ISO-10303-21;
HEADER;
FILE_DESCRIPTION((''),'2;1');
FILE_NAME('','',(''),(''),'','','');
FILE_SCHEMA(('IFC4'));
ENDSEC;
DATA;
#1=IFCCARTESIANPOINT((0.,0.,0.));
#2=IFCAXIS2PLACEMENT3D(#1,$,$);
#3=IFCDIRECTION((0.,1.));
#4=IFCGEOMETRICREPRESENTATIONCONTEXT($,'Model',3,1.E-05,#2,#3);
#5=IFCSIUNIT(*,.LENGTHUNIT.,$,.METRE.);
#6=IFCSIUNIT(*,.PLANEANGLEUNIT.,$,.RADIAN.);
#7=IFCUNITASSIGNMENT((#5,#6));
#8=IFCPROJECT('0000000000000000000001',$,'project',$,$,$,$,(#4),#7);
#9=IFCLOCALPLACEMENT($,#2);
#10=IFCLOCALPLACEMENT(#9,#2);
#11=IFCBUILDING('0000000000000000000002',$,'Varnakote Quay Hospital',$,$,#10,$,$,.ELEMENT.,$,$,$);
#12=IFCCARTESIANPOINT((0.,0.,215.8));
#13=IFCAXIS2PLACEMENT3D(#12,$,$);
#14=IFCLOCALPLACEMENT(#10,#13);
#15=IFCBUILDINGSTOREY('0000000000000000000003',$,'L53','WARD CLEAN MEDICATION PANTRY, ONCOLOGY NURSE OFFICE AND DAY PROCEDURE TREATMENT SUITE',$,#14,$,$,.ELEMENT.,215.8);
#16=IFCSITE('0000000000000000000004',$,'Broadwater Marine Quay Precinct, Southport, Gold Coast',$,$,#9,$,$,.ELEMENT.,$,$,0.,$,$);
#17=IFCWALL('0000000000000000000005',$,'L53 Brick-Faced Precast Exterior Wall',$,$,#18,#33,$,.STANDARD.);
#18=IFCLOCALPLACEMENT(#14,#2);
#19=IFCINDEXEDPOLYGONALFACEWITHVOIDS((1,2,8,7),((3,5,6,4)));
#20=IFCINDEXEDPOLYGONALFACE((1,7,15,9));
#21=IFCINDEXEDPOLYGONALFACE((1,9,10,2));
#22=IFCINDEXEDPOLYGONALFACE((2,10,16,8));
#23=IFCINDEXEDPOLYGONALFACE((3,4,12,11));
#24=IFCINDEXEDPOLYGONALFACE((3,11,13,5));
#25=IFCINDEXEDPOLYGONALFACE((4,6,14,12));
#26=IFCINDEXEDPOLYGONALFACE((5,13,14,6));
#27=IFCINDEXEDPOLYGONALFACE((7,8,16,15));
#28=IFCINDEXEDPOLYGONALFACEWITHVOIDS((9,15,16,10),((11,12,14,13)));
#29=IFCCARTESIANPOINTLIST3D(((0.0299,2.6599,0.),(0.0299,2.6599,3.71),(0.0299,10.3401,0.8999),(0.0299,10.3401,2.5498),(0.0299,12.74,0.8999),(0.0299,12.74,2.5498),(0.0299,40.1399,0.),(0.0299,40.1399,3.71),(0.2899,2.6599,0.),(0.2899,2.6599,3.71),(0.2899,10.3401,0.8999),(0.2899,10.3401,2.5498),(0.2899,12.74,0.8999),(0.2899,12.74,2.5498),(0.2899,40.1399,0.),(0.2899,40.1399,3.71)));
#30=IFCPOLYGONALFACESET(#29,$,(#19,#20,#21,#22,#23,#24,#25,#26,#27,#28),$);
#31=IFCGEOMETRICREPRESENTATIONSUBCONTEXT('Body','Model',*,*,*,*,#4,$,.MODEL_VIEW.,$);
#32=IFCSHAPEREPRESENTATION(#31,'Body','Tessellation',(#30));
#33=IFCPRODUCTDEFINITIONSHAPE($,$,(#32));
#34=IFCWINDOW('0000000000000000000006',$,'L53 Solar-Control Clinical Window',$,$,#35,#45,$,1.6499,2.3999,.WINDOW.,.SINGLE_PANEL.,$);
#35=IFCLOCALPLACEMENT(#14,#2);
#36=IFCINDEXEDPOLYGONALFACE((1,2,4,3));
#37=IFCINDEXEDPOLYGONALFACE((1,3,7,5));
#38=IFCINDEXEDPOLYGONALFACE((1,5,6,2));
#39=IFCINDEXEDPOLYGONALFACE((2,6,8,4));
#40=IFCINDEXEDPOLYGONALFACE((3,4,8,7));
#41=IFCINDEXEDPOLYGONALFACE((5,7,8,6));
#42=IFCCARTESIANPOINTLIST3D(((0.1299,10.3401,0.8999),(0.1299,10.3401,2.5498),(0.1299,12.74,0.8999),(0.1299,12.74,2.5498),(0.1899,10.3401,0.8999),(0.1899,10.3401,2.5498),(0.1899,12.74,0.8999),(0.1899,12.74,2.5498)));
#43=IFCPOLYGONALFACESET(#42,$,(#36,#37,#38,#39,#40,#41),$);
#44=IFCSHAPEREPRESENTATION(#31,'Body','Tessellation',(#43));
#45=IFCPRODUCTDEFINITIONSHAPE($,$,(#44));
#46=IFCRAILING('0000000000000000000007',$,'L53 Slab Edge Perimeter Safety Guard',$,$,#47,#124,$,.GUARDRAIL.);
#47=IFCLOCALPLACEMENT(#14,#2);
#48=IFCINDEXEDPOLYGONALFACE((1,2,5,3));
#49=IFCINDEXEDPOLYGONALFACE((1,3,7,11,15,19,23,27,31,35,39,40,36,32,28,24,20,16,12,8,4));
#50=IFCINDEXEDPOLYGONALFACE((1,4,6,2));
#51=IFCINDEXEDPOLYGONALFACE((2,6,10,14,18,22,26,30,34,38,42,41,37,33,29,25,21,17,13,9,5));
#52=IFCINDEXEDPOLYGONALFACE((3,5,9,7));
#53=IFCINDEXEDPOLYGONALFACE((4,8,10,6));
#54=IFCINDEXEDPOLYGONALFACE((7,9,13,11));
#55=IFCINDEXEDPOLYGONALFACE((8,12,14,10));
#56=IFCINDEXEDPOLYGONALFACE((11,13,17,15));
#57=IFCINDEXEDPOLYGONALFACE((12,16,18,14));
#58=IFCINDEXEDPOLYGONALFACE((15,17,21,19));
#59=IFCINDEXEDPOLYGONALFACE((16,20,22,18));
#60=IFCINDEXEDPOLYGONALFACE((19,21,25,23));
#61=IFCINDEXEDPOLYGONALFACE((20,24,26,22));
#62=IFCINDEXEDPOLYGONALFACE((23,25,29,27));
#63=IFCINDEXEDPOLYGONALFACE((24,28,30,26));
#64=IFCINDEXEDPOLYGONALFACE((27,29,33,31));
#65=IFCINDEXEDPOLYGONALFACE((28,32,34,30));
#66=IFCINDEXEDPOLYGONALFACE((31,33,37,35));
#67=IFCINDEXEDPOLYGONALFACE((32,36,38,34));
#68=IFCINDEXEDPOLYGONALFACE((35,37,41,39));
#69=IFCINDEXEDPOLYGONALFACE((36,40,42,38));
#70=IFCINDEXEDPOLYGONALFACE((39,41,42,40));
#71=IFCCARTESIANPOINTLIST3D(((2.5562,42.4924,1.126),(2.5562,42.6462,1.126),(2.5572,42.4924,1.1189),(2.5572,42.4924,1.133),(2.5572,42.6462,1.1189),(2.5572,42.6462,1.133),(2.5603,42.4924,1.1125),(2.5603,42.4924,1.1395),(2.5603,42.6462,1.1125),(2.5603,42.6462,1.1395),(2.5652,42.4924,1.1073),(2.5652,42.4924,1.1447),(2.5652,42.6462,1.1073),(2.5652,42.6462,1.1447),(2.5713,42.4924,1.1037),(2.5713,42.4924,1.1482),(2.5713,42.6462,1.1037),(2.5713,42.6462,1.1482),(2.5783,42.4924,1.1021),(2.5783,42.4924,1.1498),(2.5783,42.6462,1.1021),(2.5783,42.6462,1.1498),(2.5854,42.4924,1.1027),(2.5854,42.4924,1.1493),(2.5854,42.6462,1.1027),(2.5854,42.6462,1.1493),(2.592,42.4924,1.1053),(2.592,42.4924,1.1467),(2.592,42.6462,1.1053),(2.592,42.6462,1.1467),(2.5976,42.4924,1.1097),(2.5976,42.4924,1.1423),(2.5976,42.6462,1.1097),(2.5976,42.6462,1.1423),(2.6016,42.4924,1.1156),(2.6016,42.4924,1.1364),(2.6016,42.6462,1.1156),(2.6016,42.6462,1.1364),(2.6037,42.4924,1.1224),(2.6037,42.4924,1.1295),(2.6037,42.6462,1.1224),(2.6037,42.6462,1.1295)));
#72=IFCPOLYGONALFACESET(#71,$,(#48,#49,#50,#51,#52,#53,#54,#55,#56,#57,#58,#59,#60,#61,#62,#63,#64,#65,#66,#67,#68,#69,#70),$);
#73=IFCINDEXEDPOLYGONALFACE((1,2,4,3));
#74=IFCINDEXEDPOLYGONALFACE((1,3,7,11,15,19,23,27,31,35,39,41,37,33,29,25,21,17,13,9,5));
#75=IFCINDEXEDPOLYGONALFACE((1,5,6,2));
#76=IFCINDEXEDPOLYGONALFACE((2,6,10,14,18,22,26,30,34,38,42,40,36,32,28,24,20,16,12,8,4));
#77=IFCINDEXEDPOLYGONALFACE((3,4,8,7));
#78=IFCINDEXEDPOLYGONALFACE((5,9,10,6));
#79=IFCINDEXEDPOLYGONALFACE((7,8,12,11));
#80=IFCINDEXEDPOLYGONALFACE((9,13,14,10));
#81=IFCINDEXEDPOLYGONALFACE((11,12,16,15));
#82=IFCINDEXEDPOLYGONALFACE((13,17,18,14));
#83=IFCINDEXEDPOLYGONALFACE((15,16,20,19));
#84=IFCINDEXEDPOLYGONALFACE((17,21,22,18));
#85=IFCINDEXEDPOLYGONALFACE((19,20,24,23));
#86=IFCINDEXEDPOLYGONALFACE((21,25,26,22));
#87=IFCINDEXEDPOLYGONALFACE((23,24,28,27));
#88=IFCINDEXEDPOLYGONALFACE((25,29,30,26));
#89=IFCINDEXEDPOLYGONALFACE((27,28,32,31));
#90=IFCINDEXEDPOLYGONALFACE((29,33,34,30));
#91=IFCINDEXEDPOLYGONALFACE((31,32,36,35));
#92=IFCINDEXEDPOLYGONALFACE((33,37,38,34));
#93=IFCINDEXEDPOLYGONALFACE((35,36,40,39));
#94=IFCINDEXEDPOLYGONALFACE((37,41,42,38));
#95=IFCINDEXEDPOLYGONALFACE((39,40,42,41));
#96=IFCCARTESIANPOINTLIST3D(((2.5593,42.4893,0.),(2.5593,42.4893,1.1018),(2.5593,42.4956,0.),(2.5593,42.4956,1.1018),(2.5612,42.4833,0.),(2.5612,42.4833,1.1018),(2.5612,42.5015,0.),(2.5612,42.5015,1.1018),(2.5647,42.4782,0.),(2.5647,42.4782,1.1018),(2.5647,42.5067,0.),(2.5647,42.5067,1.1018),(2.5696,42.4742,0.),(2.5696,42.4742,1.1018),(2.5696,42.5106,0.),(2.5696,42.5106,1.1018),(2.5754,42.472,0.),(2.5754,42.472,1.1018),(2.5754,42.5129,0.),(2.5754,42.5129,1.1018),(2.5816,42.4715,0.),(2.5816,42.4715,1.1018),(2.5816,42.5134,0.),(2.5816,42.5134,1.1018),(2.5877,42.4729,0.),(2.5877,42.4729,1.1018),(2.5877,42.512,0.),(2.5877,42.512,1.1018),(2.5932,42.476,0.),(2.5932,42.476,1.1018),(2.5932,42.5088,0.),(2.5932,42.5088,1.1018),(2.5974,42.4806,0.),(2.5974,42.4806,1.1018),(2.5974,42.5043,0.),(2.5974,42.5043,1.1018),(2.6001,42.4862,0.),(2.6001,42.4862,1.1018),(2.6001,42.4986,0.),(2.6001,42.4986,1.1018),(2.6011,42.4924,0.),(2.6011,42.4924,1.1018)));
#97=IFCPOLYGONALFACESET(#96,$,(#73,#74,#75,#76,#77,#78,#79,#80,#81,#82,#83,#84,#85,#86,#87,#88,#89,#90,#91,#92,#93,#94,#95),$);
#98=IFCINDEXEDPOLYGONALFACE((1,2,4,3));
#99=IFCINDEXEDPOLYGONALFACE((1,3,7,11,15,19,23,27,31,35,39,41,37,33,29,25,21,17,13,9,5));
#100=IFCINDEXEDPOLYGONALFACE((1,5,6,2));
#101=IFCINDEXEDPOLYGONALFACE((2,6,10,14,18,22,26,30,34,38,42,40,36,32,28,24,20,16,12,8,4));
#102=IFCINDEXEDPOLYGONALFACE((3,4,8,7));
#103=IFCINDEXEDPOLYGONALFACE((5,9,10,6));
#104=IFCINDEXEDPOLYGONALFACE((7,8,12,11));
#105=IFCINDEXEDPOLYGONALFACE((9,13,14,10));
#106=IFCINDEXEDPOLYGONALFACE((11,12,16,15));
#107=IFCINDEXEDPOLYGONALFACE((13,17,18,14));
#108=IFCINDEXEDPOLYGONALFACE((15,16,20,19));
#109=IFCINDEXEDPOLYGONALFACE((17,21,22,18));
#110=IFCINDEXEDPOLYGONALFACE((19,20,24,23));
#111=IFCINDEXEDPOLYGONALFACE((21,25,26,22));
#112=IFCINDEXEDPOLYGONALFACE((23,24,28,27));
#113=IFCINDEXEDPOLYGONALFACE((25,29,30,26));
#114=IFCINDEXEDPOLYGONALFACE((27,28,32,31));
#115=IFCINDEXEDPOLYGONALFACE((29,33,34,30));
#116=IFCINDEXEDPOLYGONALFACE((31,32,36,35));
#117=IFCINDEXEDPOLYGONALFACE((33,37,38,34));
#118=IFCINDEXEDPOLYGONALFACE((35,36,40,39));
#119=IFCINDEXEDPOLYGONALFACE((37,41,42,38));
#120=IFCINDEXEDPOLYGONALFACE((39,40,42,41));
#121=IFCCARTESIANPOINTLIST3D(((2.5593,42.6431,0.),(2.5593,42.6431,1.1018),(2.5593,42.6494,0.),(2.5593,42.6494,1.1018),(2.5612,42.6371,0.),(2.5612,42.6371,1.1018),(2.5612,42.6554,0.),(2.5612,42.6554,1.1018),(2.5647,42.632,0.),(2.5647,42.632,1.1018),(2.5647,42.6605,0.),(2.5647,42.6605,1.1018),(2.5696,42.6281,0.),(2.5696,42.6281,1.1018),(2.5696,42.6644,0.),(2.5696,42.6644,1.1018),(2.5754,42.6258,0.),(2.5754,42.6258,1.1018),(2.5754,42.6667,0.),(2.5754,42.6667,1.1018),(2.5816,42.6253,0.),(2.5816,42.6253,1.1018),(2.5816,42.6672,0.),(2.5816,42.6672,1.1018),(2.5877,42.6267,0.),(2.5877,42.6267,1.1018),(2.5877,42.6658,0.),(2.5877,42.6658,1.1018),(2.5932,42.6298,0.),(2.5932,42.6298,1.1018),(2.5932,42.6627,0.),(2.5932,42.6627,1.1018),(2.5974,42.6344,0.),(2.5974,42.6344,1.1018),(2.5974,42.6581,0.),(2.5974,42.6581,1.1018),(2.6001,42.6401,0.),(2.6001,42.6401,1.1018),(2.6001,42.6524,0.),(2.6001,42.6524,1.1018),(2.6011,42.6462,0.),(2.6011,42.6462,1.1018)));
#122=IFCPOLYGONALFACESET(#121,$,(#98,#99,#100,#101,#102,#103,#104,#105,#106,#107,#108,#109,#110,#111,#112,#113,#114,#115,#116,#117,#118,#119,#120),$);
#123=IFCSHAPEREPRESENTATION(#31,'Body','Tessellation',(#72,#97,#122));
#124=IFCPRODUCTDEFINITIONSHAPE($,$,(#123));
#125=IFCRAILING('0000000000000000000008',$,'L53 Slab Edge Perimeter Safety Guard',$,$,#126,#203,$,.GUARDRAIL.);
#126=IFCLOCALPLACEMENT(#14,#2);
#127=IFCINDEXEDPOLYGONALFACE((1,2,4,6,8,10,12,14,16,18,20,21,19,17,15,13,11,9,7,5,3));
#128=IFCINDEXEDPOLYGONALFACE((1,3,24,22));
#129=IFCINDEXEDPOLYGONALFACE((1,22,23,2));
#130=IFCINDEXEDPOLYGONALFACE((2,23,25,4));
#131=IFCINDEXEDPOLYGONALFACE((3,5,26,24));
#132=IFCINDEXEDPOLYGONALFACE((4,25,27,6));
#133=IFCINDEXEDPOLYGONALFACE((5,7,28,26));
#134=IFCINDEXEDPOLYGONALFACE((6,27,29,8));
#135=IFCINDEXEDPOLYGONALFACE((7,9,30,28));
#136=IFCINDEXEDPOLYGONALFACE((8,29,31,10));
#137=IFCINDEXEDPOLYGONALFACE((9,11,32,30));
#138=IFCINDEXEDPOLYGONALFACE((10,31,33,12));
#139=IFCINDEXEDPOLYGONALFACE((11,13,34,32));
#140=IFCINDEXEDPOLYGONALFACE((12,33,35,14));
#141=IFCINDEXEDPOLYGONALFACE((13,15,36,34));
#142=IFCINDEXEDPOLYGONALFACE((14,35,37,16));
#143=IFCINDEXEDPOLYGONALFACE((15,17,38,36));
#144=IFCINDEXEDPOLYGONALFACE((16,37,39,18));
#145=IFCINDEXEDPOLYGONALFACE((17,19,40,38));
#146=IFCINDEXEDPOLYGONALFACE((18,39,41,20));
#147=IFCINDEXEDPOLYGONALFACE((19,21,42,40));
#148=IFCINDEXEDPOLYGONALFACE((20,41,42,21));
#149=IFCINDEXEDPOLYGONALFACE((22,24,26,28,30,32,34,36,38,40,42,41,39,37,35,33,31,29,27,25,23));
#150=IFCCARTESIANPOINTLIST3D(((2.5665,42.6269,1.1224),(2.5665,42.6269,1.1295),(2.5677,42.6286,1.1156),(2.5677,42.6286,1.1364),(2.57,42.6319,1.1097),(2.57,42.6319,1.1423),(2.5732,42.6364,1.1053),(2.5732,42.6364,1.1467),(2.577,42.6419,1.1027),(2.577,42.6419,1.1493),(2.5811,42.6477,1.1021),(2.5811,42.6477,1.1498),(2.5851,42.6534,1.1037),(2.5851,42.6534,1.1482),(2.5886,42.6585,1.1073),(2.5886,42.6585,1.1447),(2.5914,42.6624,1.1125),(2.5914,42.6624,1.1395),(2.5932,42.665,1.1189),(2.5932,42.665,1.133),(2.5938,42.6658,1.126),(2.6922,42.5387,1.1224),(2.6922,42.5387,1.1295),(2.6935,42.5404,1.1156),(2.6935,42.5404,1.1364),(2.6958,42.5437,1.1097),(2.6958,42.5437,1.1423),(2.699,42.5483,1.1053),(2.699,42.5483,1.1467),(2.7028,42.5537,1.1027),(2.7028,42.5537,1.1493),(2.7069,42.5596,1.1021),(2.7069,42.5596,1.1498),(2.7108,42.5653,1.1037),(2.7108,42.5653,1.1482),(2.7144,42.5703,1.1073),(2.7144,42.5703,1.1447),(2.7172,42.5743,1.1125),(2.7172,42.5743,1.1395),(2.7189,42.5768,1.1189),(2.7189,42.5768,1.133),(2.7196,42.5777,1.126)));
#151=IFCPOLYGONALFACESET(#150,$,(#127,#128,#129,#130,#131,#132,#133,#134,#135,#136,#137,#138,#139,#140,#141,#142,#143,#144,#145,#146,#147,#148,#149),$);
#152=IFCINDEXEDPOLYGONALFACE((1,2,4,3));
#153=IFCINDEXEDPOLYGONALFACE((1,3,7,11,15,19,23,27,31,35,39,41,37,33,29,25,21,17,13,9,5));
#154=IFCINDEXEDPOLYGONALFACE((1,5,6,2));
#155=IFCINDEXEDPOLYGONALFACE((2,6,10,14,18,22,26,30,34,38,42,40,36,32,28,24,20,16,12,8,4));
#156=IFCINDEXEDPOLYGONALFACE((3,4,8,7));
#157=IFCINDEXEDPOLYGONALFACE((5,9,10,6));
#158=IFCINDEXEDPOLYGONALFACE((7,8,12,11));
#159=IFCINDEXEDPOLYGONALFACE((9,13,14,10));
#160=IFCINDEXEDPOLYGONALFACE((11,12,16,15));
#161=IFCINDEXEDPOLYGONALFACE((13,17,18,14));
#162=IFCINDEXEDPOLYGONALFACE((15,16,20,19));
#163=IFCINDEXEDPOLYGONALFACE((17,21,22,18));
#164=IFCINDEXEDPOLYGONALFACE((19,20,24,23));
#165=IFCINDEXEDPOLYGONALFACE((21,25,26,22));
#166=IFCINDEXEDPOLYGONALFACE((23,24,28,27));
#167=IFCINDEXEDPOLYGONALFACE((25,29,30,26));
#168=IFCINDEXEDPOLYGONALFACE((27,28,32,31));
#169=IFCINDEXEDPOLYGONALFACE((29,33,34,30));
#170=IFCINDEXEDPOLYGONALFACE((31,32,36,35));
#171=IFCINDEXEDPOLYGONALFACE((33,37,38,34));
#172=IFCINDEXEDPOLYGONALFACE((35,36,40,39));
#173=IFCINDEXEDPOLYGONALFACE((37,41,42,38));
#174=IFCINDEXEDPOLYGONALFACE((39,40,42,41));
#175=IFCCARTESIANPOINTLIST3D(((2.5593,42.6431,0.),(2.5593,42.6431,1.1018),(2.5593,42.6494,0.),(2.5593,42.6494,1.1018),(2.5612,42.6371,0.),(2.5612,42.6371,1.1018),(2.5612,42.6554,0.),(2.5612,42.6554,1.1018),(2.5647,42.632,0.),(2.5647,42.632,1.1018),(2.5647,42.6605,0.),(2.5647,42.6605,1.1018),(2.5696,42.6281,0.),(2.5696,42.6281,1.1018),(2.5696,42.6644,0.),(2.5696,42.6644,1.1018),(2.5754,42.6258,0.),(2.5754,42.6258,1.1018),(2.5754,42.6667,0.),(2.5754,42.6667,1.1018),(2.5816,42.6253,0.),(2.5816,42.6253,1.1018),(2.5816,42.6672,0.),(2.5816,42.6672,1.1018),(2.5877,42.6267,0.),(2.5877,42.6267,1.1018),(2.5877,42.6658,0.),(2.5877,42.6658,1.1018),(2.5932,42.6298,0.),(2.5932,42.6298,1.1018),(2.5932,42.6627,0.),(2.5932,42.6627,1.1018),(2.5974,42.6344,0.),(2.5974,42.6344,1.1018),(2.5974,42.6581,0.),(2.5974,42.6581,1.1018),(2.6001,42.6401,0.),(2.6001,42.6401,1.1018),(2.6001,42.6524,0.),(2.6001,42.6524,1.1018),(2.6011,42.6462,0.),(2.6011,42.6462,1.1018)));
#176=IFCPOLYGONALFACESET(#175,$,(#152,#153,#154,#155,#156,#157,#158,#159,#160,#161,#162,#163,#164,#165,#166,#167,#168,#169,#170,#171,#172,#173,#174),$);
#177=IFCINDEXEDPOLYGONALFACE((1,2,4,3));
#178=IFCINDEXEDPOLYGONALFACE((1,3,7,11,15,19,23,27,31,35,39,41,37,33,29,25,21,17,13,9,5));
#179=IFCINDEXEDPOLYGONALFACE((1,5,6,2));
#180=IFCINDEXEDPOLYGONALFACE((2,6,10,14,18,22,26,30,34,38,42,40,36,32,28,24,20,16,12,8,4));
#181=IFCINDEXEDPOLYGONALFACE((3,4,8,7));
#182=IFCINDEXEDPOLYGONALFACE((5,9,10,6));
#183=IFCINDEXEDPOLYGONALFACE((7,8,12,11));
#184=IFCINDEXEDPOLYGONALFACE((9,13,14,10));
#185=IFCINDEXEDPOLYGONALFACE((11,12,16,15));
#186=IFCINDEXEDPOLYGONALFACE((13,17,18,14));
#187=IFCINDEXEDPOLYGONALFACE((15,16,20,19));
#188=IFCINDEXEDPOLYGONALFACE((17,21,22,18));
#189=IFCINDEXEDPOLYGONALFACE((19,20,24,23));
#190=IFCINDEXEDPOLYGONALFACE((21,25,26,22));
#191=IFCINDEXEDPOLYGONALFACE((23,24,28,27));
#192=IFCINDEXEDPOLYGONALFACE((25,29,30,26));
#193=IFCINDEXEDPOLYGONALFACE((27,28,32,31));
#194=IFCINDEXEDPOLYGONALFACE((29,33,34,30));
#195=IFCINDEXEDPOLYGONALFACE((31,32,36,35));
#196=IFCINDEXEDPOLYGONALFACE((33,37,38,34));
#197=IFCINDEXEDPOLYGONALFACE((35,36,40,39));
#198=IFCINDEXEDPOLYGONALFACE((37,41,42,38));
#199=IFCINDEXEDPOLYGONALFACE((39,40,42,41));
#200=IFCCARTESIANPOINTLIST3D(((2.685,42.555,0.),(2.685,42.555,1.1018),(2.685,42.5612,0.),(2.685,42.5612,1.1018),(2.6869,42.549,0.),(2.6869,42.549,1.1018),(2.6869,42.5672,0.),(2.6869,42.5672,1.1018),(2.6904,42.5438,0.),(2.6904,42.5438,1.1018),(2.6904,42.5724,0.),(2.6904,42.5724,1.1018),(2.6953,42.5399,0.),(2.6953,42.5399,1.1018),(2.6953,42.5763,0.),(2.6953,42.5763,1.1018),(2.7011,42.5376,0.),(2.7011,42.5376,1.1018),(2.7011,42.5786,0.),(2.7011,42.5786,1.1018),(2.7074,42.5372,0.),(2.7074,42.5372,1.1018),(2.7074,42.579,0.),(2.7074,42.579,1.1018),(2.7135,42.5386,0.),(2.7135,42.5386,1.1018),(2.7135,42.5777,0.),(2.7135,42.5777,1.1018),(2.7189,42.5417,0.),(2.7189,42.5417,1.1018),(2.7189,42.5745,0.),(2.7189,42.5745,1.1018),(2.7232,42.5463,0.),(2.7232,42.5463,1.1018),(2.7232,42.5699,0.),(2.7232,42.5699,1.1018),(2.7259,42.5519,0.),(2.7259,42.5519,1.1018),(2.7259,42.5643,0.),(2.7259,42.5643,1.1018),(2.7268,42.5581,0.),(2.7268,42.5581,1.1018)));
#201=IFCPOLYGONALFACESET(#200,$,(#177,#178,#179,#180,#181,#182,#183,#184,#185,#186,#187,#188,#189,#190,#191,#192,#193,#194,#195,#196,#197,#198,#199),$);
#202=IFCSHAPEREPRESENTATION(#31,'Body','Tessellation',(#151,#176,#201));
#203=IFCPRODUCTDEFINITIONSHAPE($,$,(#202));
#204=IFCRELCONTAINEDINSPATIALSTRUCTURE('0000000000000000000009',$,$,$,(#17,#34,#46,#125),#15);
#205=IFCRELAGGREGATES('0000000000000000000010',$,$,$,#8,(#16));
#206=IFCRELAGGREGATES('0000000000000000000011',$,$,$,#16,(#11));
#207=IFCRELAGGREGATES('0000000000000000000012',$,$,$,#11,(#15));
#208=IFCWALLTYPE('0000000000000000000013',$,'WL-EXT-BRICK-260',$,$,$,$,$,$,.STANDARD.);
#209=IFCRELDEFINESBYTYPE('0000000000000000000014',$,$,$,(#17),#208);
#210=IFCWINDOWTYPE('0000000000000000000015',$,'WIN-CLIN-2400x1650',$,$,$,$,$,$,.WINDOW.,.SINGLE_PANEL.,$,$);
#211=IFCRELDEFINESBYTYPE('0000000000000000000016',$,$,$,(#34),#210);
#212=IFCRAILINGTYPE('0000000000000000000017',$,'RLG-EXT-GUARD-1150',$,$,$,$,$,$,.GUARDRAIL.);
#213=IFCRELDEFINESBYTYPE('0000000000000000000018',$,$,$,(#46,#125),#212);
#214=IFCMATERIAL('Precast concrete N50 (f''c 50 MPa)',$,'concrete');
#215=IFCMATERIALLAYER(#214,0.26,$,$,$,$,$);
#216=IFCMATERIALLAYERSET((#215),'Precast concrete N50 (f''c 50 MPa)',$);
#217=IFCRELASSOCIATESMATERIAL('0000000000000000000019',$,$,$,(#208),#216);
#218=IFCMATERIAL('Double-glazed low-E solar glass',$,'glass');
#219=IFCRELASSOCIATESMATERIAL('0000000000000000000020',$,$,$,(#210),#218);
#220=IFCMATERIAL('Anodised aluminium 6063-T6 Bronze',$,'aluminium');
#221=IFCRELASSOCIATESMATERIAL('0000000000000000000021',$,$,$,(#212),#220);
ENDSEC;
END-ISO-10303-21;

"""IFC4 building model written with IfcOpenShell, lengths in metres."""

from ifc_helpers import new_model, si_unit, direction, frame, frame_2d, origin, origin_2d, place, context, subcontext, project, spatial, rectangle, circle, extrude, material, layer, layer_set, type_object, element, fill, save


model = new_model("IFC4")

# Units and contexts
model_context = context("Model", 3, precision=1e-05, world=origin(), true_north=direction((0.0, 1.0)))
body_context = subcontext(model_context, "Body", "Model", "MODEL_VIEW")
ifc_project = project(units=[si_unit("LENGTHUNIT", "METRE"), si_unit("PLANEANGLEUNIT", "RADIAN")], contexts=[model_context])

# Site, building, storey
site_placement = place(None, origin())
site = spatial("IfcSite", under=ifc_project, at=site_placement, Name="Broadwater Marine Quay Precinct, Southport, Gold Coast", CompositionType="ELEMENT", RefElevation=0.0)
building_placement = place(site_placement, origin())
building = spatial("IfcBuilding", under=site, at=building_placement, Name="Varnakote Quay Hospital", CompositionType="ELEMENT")
storey_placement = place(building_placement, frame((0.0, 0.0, 215.8)))
storey = spatial("IfcBuildingStorey", under=building, at=storey_placement, Name="L53", Description="WARD CLEAN MEDICATION PANTRY, ONCOLOGY NURSE OFFICE AND DAY PROCEDURE TREATMENT SUITE", CompositionType="ELEMENT", Elevation=215.8)

# Shared definitions
ifc_material_1 = material(Name="Precast concrete N50 (f'c 50 MPa)", Category="concrete")
ifc_layer = layer(ifc_material_1, 0.26)
ifc_layer_set = layer_set([ifc_layer], Name="Precast concrete N50 (f'c 50 MPa)")
wall_type = type_object("IfcWallType", Name="WL-EXT-BRICK-260", PredefinedType="STANDARD", material=ifc_layer_set)

# Wall, opening, window
wall_1_placement = place(storey_placement, frame((0.1599, 40.1399, 0.0), z_axis=(0.0, 0.0, 1.0), x_axis=(0.0, -1.0, 0.0)))
wall_1 = element("IfcWall", 1, at=wall_1_placement, inside=storey, type_object=wall_type, Name="L53 Brick-Faced Precast Exterior Wall", PredefinedType="STANDARD", context=body_context, shape_type="SweptSolid", body=[
    extrude(rectangle(XDim=37.48, YDim=0.26, at=frame_2d((18.74, 0.0))), origin(), (0.0, 0.0, 1.0), 3.71),
])
opening_placement = place(wall_1_placement, frame((27.3999, 0.0, 0.8999)))
opening = element("IfcOpeningElement", 2, at=opening_placement, cuts=wall_1, PredefinedType="OPENING", context=body_context, shape_type="SweptSolid", body=[
    extrude(rectangle(XDim=2.3999, YDim=1.6499, at=frame_2d((1.2, 0.825))), frame((0.0, 0.1399, 0.0), z_axis=(0.0, -1.0, 0.0), x_axis=(1.0, 0.0, 0.0)), (0.0, 0.0, 1.0), 0.28),
])
ifc_material_2 = material(Name="Double-glazed low-E solar glass", Category="glass")
window_type = type_object("IfcWindowType", Name="WIN-CLIN-2400x1650", PartitioningType="SINGLE_PANEL", PredefinedType="WINDOW", material=ifc_material_2)
window_placement = place(opening_placement, origin())
window = element("IfcWindow", 3, at=window_placement, inside=storey, type_object=window_type, Name="L53 Solar-Control Clinical Window", OverallHeight=1.6499, OverallWidth=2.3999, PartitioningType="SINGLE_PANEL", PredefinedType="WINDOW", context=body_context, shape_type="SweptSolid", body=[
    extrude(rectangle(XDim=2.3999, YDim=1.6499, at=frame_2d((1.2, 0.825))), frame((0.0, 0.03, 0.0), z_axis=(0.0, -1.0, 0.0), x_axis=(1.0, 0.0, 0.0)), (0.0, 0.0, 1.0), 0.0601),
])
fill(opening, window)

# Railings
ifc_material_3 = material(Name="Anodised aluminium 6063-T6 Bronze", Category="aluminium")
railing_type = type_object("IfcRailingType", Name="RLG-EXT-GUARD-1150", PredefinedType="GUARDRAIL", material=ifc_material_3)
railing_1_placement = place(storey_placement, frame((2.5801, 42.4924, 0.0)))
element("IfcRailing", 4, at=railing_1_placement, inside=storey, type_object=railing_type, Name="L53 Slab Edge Perimeter Safety Guard", PredefinedType="GUARDRAIL", context=body_context, shape_type="SweptSolid", body=[
    extrude(circle(Radius=0.0239, at=origin_2d()), frame((0.0, 0.0, 1.126), z_axis=(0.0, 1.0, 0.0), x_axis=(-1.0, 0.0, 0.0)), (0.0, 0.0, 1.0), 0.1538),
    extrude(circle(Radius=0.021, at=origin_2d()), origin(), (0.0, 0.0, 1.0), 1.1018),
    extrude(circle(Radius=0.021, at=origin_2d()), frame((0.0, 0.1538, 0.0)), (0.0, 0.0, 1.0), 1.1018),
])
railing_2_placement = place(storey_placement, frame((2.5801, 42.6462, 0.0)))
element("IfcRailing", 5, at=railing_2_placement, inside=storey, type_object=railing_type, Name="L53 Slab Edge Perimeter Safety Guard", PredefinedType="GUARDRAIL", context=body_context, shape_type="SweptSolid", body=[
    extrude(circle(Radius=0.0239, at=origin_2d()), frame((0.0, 0.0, 1.126), z_axis=(0.818858, -0.573996, 0.0), x_axis=(0.573996, 0.818858, 0.0)), (0.0, 0.0, 1.0), 0.1536),
    extrude(circle(Radius=0.021, at=origin_2d()), origin(), (0.0, 0.0, 1.0), 1.1018),
    extrude(circle(Radius=0.021, at=origin_2d()), frame((0.1257, -0.0881, 0.0)), (0.0, 0.0, 1.0), 1.1018),
])

save(model, "model.ifc")
